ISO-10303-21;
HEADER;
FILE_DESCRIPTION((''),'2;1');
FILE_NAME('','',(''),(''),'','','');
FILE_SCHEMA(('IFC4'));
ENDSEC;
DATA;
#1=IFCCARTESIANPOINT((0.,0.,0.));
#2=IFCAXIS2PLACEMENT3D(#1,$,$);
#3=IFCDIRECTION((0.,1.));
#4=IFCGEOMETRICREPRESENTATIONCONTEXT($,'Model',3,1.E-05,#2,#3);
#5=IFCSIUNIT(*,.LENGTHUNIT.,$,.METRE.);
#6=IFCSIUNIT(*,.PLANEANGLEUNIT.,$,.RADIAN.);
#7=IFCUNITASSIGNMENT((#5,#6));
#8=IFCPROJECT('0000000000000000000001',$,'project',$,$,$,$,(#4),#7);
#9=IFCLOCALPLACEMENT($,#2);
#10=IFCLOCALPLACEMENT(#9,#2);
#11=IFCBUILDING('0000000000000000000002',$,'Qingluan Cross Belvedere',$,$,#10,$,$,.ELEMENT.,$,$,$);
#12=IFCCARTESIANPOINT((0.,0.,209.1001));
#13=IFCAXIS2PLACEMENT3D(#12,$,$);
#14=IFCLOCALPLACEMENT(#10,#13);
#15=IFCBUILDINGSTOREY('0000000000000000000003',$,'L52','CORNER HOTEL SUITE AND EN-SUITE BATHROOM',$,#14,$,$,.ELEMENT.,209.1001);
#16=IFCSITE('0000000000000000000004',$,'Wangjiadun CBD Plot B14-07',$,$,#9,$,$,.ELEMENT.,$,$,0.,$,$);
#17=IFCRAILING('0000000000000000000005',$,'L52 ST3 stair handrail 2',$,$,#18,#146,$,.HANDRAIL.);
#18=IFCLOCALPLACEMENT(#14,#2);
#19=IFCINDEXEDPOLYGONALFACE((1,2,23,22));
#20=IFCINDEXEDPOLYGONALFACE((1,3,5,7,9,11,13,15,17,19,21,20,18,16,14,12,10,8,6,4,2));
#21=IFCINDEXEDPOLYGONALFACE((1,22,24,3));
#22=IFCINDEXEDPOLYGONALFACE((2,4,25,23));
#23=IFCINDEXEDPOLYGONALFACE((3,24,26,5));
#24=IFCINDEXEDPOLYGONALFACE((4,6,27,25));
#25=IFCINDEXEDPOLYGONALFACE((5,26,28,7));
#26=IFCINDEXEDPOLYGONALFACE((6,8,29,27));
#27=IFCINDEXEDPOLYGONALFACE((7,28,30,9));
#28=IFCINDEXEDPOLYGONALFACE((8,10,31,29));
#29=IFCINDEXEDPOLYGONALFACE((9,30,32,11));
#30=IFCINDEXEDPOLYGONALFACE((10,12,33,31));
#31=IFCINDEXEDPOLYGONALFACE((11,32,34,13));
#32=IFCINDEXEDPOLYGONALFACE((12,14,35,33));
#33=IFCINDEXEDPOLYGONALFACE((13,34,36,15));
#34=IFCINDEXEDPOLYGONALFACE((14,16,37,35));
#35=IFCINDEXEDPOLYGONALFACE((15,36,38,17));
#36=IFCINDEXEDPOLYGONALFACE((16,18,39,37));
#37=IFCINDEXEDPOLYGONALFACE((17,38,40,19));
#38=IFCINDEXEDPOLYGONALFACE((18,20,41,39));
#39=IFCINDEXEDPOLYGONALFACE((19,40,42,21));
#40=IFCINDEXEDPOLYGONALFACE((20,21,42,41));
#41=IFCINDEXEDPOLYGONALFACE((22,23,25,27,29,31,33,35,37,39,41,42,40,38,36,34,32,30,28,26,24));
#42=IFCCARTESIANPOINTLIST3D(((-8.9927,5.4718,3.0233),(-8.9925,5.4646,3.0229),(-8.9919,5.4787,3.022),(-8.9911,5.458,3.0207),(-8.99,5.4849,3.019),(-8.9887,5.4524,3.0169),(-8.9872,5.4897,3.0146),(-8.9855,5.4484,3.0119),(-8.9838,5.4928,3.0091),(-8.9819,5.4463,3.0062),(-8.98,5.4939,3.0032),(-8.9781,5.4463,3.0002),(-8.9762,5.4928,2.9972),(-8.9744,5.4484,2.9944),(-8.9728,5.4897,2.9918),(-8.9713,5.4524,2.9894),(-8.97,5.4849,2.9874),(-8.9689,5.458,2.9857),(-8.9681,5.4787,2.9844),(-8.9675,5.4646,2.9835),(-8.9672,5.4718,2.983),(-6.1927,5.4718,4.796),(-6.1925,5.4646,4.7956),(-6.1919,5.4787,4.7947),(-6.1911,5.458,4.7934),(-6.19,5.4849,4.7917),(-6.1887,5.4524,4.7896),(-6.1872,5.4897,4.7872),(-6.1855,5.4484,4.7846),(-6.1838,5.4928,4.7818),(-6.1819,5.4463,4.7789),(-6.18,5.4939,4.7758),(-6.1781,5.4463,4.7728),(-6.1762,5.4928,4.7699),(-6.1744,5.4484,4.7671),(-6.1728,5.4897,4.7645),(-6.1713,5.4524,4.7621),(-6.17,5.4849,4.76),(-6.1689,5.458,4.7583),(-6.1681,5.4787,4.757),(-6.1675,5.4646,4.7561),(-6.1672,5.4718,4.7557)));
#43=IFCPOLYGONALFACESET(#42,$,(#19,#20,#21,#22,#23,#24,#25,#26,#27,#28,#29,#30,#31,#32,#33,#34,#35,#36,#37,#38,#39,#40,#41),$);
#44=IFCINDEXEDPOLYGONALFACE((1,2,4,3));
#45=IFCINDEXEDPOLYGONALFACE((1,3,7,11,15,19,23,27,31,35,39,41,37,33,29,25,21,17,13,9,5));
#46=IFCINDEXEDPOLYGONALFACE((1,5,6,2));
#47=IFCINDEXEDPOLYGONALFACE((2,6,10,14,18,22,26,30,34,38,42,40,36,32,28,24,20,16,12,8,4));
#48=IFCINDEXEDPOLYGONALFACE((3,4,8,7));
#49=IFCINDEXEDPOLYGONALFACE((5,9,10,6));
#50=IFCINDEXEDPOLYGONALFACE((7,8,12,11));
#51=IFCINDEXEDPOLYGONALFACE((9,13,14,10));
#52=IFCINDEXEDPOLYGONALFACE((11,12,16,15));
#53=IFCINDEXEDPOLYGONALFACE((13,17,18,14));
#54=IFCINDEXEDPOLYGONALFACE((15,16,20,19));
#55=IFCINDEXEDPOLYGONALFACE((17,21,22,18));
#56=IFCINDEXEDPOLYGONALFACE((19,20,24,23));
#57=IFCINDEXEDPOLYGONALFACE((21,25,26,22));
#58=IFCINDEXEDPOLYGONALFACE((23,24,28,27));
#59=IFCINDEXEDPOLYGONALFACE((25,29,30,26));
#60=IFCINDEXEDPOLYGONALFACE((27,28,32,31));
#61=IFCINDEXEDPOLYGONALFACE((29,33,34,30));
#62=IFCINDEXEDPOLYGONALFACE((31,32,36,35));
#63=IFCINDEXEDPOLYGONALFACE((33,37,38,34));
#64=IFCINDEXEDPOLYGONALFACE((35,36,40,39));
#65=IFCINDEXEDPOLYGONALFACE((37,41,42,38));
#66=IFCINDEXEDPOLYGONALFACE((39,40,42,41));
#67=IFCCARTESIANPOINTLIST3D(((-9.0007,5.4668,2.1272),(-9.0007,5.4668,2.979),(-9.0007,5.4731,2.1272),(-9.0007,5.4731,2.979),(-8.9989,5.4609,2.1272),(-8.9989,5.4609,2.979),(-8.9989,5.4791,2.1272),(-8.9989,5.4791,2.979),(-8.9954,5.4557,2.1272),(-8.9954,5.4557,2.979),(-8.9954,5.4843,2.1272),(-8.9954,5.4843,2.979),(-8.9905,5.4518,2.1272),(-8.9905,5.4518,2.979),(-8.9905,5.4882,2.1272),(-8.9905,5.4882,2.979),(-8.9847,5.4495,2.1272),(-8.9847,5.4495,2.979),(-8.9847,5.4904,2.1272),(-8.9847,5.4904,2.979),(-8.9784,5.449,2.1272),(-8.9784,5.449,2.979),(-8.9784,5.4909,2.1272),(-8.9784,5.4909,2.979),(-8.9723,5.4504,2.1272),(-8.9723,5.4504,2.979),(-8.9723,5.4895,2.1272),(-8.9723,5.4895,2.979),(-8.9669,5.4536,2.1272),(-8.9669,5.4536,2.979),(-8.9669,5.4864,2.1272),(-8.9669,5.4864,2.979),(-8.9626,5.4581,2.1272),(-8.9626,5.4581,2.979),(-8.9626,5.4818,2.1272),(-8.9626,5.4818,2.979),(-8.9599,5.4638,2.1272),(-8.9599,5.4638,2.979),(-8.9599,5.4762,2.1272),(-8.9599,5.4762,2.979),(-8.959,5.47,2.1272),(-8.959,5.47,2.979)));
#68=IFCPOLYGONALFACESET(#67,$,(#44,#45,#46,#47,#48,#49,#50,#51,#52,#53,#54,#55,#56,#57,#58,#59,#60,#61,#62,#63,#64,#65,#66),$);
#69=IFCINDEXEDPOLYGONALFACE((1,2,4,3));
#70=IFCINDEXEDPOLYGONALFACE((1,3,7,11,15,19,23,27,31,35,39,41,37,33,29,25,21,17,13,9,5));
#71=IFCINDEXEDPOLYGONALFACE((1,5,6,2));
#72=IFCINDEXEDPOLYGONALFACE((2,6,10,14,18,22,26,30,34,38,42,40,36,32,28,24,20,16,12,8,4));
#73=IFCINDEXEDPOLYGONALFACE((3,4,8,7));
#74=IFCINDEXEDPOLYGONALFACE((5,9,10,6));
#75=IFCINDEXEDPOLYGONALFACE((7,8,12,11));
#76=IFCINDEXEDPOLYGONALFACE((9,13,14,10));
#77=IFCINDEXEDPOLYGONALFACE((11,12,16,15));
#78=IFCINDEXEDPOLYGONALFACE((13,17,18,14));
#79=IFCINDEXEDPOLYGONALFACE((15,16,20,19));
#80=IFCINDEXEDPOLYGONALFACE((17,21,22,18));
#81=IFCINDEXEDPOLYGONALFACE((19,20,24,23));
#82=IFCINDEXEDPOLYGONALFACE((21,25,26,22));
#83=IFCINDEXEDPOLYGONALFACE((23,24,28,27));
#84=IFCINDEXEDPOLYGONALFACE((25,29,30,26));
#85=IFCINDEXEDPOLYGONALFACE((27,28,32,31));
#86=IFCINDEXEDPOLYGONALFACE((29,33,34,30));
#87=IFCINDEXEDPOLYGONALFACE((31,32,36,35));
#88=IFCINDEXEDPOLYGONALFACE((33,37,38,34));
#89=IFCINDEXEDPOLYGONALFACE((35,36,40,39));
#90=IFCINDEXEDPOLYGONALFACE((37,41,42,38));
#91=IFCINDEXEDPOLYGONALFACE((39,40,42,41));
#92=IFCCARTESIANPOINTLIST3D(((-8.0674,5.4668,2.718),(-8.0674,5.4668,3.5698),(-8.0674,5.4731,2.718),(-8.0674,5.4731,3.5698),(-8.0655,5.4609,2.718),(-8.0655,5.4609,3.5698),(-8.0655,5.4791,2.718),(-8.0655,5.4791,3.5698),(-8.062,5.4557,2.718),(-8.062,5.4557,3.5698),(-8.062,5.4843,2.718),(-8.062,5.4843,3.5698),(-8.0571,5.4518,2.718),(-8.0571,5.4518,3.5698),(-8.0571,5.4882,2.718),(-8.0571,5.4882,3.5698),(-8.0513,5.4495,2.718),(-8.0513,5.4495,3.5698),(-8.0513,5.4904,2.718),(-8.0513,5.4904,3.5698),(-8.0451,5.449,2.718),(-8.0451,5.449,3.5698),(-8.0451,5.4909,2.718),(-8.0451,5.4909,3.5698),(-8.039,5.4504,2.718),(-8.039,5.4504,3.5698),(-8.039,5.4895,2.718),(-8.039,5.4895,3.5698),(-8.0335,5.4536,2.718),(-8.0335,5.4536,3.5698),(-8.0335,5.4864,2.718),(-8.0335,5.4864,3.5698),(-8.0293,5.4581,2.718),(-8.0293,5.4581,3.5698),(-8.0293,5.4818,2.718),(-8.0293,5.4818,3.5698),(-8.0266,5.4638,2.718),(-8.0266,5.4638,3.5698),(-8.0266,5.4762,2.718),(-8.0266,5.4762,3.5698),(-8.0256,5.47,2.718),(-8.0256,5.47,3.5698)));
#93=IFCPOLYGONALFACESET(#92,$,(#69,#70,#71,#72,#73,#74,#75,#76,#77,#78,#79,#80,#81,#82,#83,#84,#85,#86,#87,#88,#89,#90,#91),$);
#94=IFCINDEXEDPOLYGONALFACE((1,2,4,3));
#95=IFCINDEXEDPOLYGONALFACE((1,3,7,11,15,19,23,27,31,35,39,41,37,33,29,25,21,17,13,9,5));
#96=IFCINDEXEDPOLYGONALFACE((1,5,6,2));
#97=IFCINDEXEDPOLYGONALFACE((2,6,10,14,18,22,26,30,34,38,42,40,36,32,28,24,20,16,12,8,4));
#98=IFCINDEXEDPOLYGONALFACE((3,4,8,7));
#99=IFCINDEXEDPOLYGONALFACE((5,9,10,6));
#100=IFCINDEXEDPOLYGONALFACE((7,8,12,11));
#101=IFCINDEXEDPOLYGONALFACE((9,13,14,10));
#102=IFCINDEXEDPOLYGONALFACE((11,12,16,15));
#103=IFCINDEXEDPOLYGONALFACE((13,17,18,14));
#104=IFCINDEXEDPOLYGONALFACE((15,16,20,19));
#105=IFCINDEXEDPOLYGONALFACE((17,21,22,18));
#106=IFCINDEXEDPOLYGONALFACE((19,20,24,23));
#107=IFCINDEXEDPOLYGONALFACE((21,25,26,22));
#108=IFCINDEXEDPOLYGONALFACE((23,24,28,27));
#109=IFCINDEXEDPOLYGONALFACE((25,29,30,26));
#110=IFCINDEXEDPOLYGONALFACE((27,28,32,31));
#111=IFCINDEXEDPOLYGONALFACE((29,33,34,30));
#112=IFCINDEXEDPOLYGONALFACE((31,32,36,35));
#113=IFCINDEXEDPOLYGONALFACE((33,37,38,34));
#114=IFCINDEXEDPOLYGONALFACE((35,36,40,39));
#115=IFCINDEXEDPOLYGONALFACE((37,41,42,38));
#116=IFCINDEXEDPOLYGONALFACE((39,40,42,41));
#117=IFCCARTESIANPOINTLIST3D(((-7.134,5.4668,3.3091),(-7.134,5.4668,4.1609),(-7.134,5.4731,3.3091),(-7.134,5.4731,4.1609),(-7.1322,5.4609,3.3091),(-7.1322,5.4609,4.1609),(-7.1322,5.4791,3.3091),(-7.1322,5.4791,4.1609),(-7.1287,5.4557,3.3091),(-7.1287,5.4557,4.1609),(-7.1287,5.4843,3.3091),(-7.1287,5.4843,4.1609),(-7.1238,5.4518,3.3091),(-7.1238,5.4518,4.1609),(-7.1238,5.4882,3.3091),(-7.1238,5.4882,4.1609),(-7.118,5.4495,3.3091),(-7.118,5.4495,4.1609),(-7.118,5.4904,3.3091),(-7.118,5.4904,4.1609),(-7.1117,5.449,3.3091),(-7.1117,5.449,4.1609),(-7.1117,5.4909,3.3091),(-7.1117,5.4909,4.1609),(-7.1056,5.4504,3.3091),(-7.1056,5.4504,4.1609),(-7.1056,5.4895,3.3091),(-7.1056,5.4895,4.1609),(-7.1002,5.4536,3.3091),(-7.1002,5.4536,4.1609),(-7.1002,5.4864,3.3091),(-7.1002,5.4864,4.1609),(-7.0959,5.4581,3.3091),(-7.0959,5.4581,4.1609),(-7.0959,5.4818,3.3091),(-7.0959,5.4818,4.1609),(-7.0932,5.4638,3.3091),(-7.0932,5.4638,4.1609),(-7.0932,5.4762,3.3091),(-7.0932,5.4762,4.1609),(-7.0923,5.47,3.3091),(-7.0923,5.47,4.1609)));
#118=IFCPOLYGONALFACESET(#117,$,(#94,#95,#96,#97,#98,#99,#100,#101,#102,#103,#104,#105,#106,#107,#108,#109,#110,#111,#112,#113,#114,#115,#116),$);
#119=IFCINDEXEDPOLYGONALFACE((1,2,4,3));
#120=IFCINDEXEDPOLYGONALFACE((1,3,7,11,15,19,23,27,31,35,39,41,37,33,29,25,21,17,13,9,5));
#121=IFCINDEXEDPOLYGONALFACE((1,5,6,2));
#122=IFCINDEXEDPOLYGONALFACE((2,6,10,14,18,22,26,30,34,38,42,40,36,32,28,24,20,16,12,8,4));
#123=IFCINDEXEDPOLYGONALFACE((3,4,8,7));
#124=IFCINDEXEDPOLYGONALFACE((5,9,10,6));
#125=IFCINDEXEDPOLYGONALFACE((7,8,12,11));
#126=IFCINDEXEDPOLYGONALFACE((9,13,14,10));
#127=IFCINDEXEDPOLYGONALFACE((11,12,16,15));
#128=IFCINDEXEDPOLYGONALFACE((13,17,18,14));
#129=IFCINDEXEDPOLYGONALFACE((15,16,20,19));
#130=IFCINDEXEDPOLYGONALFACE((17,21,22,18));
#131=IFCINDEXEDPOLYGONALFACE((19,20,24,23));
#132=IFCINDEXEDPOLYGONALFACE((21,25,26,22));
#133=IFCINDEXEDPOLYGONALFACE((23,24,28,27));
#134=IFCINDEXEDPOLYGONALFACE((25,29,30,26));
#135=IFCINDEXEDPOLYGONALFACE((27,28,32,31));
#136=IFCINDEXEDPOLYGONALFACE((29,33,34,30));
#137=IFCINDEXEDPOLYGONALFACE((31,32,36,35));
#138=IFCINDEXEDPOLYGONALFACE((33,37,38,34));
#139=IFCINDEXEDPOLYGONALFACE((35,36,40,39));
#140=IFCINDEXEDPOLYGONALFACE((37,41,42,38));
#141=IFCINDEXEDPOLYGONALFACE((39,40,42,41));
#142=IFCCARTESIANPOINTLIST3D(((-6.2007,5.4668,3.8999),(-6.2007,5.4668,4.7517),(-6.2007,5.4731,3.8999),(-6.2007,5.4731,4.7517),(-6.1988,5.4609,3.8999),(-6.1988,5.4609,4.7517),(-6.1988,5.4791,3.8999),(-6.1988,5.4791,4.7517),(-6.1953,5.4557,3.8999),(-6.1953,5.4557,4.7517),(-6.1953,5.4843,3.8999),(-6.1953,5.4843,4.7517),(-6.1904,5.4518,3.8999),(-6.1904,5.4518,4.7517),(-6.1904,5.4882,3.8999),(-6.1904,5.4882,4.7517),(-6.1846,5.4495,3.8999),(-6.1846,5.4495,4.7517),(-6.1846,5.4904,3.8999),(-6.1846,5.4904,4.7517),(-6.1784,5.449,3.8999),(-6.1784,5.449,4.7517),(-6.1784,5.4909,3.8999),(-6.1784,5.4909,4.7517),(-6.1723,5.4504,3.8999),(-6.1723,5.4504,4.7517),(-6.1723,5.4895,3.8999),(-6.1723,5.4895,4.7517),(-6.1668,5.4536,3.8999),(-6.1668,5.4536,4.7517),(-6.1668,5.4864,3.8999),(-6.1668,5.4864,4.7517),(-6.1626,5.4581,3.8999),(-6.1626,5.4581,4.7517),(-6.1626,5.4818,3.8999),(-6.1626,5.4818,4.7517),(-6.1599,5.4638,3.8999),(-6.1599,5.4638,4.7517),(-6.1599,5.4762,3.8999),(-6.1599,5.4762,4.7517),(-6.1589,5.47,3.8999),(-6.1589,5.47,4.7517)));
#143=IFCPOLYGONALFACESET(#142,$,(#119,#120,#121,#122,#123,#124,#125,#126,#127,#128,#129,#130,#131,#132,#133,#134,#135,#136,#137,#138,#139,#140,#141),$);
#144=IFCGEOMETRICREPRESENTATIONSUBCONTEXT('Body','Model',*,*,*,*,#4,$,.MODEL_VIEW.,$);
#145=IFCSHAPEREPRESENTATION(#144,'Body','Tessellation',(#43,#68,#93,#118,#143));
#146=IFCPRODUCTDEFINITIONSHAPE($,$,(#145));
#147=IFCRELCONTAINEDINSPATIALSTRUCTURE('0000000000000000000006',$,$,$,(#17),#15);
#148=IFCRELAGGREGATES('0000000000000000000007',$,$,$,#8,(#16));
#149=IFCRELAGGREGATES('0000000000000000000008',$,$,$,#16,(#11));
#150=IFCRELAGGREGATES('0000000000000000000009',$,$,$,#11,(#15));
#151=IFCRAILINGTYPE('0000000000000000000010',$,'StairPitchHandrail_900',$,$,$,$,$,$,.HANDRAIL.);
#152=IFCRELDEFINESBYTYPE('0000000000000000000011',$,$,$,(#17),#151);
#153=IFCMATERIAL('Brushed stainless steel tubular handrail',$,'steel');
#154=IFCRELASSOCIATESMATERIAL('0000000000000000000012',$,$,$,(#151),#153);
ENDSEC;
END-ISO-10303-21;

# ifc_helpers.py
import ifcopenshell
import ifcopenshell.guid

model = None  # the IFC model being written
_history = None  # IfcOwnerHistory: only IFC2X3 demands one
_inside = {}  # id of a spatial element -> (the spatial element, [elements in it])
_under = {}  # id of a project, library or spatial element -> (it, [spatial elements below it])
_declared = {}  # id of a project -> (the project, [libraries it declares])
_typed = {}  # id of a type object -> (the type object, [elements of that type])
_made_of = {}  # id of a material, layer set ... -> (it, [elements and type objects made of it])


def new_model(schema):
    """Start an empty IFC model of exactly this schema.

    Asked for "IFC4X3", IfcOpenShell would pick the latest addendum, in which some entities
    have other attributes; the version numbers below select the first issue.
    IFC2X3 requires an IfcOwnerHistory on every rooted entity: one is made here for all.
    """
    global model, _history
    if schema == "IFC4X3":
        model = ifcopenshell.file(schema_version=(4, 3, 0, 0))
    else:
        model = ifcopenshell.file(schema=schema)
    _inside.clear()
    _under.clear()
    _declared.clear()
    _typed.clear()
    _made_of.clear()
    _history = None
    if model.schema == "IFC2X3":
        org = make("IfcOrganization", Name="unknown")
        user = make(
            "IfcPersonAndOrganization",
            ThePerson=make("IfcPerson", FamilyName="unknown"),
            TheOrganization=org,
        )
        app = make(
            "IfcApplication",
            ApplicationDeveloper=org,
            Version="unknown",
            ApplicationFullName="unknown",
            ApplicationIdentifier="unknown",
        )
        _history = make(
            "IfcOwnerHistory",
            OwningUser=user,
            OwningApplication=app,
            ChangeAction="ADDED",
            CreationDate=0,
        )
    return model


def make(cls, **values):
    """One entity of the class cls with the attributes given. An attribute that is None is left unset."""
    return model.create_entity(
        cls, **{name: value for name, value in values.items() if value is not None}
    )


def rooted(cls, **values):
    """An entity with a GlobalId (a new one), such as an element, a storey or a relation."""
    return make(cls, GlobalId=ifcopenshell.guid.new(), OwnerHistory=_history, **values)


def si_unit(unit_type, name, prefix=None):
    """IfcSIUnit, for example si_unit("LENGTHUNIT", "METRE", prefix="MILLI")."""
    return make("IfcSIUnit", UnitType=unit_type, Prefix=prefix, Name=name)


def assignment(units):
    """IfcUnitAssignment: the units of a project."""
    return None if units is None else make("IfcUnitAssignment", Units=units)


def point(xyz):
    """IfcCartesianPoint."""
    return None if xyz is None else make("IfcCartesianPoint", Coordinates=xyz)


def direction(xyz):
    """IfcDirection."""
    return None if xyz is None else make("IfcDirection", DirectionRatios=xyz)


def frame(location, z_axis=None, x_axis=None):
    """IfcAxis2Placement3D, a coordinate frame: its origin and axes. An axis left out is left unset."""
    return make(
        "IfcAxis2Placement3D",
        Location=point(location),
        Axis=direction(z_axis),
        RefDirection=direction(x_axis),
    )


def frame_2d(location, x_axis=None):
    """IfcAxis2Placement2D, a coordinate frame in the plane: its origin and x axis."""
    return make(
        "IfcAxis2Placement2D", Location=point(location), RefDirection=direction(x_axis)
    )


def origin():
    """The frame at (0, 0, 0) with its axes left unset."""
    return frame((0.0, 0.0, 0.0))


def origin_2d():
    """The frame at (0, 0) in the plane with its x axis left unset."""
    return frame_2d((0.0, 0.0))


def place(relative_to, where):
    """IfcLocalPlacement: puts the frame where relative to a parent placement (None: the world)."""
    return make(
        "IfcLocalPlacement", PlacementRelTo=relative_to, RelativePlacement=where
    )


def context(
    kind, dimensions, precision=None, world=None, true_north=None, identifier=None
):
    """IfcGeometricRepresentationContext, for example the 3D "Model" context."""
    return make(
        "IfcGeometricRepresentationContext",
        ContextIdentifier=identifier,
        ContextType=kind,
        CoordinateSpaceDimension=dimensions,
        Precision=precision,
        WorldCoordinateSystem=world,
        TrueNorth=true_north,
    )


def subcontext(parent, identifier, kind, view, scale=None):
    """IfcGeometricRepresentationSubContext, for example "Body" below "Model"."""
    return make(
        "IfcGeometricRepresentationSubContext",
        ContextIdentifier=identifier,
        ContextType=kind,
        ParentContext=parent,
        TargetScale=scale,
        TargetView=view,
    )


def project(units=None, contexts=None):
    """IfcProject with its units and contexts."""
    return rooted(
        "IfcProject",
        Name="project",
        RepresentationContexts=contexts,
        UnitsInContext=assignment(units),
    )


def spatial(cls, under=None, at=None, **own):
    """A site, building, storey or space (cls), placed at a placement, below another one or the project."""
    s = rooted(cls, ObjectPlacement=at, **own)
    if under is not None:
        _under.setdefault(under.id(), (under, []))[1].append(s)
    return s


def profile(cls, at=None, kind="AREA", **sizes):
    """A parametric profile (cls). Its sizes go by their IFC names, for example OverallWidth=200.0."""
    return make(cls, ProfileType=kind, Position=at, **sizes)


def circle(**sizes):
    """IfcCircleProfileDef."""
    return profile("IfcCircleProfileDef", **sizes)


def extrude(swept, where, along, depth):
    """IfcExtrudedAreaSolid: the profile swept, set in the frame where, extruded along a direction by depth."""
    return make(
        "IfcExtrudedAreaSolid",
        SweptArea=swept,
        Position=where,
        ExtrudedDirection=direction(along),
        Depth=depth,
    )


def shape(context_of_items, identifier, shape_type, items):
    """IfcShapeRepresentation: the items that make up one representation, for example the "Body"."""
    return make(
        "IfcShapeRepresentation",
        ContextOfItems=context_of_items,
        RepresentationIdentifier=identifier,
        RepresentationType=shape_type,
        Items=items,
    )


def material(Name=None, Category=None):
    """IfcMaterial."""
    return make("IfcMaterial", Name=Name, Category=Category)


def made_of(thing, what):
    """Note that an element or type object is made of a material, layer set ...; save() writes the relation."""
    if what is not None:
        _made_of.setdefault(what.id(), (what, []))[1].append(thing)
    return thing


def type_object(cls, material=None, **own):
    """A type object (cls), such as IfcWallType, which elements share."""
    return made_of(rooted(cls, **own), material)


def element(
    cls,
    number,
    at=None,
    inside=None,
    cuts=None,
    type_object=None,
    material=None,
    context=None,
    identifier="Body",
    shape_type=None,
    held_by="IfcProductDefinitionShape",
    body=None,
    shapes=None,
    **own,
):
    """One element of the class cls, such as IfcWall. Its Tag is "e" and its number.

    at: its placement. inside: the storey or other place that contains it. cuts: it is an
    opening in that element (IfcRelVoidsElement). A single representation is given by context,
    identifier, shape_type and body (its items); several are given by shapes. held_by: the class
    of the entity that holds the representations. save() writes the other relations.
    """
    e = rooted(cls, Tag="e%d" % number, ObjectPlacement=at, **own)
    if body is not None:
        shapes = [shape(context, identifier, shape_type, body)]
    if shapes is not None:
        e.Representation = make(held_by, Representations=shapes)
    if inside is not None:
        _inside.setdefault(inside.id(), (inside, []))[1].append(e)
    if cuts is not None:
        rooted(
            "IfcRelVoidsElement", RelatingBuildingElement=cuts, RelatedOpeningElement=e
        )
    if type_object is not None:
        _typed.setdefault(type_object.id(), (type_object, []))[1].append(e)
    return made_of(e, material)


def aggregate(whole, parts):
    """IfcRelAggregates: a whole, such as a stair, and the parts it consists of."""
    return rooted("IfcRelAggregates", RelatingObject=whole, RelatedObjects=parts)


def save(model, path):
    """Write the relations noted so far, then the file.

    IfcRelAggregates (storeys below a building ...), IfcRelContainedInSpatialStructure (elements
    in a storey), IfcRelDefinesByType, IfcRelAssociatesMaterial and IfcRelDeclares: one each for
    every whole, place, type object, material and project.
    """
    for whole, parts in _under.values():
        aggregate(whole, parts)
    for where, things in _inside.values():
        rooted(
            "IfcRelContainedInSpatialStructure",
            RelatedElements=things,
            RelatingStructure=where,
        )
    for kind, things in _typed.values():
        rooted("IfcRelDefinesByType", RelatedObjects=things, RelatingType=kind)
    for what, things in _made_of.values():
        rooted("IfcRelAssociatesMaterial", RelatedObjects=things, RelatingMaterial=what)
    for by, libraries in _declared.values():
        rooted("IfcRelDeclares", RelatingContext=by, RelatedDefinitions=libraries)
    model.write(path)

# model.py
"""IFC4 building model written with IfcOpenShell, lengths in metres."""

from ifc_helpers import new_model, si_unit, direction, frame, origin, origin_2d, place, context, subcontext, project, spatial, circle, extrude, material, type_object, element, save


model = new_model("IFC4")

# Units and contexts
model_context = context("Model", 3, precision=1e-05, world=origin(), true_north=direction((0.0, 1.0)))
body_context = subcontext(model_context, "Body", "Model", "MODEL_VIEW")
ifc_project = project(units=[si_unit("LENGTHUNIT", "METRE"), si_unit("PLANEANGLEUNIT", "RADIAN")], contexts=[model_context])

# Site, building, storey
site_placement = place(None, origin())
site = spatial("IfcSite", under=ifc_project, at=site_placement, Name="Wangjiadun CBD Plot B14-07", CompositionType="ELEMENT", RefElevation=0.0)
building_placement = place(site_placement, origin())
building = spatial("IfcBuilding", under=site, at=building_placement, Name="Qingluan Cross Belvedere", CompositionType="ELEMENT")
storey_placement = place(building_placement, frame((0.0, 0.0, 209.1001)))
storey = spatial("IfcBuildingStorey", under=building, at=storey_placement, Name="L52", Description="CORNER HOTEL SUITE AND EN-SUITE BATHROOM", CompositionType="ELEMENT", Elevation=209.1001)

# Railing
ifc_material_1 = material(Name="Brushed stainless steel tubular handrail", Category="steel")
railing_type_1 = type_object("IfcRailingType", Name="StairPitchHandrail_900", PredefinedType="HANDRAIL", material=ifc_material_1)
railing_1_placement = place(storey_placement, frame((-8.98, 5.47, 2.1272)))
element("IfcRailing", 1, at=railing_1_placement, inside=storey, type_object=railing_type_1, Name="L52 ST3 stair handrail 2", PredefinedType="HANDRAIL", context=body_context, shape_type="SweptSolid", body=[
    extrude(circle(Radius=0.0239, at=origin_2d()), frame((0.0, 0.0, 0.876), z_axis=(0.844909, 0.0, 0.53491), x_axis=(0.0, 1.0, 0.0)), (0.0, 0.0, 1.0), 3.314),
    extrude(circle(Radius=0.021, at=origin_2d()), origin(), (0.0, 0.0, 1.0), 0.8518),
    extrude(circle(Radius=0.021, at=origin_2d()), frame((0.9333, 0.0, 0.5908)), (0.0, 0.0, 1.0), 0.8518),
    extrude(circle(Radius=0.021, at=origin_2d()), frame((1.8667, 0.0, 1.1819)), (0.0, 0.0, 1.0), 0.8518),
    extrude(circle(Radius=0.021, at=origin_2d()), frame((2.8, 0.0, 1.7727)), (0.0, 0.0, 1.0), 0.8518),
])

save(model, "model.ifc")
